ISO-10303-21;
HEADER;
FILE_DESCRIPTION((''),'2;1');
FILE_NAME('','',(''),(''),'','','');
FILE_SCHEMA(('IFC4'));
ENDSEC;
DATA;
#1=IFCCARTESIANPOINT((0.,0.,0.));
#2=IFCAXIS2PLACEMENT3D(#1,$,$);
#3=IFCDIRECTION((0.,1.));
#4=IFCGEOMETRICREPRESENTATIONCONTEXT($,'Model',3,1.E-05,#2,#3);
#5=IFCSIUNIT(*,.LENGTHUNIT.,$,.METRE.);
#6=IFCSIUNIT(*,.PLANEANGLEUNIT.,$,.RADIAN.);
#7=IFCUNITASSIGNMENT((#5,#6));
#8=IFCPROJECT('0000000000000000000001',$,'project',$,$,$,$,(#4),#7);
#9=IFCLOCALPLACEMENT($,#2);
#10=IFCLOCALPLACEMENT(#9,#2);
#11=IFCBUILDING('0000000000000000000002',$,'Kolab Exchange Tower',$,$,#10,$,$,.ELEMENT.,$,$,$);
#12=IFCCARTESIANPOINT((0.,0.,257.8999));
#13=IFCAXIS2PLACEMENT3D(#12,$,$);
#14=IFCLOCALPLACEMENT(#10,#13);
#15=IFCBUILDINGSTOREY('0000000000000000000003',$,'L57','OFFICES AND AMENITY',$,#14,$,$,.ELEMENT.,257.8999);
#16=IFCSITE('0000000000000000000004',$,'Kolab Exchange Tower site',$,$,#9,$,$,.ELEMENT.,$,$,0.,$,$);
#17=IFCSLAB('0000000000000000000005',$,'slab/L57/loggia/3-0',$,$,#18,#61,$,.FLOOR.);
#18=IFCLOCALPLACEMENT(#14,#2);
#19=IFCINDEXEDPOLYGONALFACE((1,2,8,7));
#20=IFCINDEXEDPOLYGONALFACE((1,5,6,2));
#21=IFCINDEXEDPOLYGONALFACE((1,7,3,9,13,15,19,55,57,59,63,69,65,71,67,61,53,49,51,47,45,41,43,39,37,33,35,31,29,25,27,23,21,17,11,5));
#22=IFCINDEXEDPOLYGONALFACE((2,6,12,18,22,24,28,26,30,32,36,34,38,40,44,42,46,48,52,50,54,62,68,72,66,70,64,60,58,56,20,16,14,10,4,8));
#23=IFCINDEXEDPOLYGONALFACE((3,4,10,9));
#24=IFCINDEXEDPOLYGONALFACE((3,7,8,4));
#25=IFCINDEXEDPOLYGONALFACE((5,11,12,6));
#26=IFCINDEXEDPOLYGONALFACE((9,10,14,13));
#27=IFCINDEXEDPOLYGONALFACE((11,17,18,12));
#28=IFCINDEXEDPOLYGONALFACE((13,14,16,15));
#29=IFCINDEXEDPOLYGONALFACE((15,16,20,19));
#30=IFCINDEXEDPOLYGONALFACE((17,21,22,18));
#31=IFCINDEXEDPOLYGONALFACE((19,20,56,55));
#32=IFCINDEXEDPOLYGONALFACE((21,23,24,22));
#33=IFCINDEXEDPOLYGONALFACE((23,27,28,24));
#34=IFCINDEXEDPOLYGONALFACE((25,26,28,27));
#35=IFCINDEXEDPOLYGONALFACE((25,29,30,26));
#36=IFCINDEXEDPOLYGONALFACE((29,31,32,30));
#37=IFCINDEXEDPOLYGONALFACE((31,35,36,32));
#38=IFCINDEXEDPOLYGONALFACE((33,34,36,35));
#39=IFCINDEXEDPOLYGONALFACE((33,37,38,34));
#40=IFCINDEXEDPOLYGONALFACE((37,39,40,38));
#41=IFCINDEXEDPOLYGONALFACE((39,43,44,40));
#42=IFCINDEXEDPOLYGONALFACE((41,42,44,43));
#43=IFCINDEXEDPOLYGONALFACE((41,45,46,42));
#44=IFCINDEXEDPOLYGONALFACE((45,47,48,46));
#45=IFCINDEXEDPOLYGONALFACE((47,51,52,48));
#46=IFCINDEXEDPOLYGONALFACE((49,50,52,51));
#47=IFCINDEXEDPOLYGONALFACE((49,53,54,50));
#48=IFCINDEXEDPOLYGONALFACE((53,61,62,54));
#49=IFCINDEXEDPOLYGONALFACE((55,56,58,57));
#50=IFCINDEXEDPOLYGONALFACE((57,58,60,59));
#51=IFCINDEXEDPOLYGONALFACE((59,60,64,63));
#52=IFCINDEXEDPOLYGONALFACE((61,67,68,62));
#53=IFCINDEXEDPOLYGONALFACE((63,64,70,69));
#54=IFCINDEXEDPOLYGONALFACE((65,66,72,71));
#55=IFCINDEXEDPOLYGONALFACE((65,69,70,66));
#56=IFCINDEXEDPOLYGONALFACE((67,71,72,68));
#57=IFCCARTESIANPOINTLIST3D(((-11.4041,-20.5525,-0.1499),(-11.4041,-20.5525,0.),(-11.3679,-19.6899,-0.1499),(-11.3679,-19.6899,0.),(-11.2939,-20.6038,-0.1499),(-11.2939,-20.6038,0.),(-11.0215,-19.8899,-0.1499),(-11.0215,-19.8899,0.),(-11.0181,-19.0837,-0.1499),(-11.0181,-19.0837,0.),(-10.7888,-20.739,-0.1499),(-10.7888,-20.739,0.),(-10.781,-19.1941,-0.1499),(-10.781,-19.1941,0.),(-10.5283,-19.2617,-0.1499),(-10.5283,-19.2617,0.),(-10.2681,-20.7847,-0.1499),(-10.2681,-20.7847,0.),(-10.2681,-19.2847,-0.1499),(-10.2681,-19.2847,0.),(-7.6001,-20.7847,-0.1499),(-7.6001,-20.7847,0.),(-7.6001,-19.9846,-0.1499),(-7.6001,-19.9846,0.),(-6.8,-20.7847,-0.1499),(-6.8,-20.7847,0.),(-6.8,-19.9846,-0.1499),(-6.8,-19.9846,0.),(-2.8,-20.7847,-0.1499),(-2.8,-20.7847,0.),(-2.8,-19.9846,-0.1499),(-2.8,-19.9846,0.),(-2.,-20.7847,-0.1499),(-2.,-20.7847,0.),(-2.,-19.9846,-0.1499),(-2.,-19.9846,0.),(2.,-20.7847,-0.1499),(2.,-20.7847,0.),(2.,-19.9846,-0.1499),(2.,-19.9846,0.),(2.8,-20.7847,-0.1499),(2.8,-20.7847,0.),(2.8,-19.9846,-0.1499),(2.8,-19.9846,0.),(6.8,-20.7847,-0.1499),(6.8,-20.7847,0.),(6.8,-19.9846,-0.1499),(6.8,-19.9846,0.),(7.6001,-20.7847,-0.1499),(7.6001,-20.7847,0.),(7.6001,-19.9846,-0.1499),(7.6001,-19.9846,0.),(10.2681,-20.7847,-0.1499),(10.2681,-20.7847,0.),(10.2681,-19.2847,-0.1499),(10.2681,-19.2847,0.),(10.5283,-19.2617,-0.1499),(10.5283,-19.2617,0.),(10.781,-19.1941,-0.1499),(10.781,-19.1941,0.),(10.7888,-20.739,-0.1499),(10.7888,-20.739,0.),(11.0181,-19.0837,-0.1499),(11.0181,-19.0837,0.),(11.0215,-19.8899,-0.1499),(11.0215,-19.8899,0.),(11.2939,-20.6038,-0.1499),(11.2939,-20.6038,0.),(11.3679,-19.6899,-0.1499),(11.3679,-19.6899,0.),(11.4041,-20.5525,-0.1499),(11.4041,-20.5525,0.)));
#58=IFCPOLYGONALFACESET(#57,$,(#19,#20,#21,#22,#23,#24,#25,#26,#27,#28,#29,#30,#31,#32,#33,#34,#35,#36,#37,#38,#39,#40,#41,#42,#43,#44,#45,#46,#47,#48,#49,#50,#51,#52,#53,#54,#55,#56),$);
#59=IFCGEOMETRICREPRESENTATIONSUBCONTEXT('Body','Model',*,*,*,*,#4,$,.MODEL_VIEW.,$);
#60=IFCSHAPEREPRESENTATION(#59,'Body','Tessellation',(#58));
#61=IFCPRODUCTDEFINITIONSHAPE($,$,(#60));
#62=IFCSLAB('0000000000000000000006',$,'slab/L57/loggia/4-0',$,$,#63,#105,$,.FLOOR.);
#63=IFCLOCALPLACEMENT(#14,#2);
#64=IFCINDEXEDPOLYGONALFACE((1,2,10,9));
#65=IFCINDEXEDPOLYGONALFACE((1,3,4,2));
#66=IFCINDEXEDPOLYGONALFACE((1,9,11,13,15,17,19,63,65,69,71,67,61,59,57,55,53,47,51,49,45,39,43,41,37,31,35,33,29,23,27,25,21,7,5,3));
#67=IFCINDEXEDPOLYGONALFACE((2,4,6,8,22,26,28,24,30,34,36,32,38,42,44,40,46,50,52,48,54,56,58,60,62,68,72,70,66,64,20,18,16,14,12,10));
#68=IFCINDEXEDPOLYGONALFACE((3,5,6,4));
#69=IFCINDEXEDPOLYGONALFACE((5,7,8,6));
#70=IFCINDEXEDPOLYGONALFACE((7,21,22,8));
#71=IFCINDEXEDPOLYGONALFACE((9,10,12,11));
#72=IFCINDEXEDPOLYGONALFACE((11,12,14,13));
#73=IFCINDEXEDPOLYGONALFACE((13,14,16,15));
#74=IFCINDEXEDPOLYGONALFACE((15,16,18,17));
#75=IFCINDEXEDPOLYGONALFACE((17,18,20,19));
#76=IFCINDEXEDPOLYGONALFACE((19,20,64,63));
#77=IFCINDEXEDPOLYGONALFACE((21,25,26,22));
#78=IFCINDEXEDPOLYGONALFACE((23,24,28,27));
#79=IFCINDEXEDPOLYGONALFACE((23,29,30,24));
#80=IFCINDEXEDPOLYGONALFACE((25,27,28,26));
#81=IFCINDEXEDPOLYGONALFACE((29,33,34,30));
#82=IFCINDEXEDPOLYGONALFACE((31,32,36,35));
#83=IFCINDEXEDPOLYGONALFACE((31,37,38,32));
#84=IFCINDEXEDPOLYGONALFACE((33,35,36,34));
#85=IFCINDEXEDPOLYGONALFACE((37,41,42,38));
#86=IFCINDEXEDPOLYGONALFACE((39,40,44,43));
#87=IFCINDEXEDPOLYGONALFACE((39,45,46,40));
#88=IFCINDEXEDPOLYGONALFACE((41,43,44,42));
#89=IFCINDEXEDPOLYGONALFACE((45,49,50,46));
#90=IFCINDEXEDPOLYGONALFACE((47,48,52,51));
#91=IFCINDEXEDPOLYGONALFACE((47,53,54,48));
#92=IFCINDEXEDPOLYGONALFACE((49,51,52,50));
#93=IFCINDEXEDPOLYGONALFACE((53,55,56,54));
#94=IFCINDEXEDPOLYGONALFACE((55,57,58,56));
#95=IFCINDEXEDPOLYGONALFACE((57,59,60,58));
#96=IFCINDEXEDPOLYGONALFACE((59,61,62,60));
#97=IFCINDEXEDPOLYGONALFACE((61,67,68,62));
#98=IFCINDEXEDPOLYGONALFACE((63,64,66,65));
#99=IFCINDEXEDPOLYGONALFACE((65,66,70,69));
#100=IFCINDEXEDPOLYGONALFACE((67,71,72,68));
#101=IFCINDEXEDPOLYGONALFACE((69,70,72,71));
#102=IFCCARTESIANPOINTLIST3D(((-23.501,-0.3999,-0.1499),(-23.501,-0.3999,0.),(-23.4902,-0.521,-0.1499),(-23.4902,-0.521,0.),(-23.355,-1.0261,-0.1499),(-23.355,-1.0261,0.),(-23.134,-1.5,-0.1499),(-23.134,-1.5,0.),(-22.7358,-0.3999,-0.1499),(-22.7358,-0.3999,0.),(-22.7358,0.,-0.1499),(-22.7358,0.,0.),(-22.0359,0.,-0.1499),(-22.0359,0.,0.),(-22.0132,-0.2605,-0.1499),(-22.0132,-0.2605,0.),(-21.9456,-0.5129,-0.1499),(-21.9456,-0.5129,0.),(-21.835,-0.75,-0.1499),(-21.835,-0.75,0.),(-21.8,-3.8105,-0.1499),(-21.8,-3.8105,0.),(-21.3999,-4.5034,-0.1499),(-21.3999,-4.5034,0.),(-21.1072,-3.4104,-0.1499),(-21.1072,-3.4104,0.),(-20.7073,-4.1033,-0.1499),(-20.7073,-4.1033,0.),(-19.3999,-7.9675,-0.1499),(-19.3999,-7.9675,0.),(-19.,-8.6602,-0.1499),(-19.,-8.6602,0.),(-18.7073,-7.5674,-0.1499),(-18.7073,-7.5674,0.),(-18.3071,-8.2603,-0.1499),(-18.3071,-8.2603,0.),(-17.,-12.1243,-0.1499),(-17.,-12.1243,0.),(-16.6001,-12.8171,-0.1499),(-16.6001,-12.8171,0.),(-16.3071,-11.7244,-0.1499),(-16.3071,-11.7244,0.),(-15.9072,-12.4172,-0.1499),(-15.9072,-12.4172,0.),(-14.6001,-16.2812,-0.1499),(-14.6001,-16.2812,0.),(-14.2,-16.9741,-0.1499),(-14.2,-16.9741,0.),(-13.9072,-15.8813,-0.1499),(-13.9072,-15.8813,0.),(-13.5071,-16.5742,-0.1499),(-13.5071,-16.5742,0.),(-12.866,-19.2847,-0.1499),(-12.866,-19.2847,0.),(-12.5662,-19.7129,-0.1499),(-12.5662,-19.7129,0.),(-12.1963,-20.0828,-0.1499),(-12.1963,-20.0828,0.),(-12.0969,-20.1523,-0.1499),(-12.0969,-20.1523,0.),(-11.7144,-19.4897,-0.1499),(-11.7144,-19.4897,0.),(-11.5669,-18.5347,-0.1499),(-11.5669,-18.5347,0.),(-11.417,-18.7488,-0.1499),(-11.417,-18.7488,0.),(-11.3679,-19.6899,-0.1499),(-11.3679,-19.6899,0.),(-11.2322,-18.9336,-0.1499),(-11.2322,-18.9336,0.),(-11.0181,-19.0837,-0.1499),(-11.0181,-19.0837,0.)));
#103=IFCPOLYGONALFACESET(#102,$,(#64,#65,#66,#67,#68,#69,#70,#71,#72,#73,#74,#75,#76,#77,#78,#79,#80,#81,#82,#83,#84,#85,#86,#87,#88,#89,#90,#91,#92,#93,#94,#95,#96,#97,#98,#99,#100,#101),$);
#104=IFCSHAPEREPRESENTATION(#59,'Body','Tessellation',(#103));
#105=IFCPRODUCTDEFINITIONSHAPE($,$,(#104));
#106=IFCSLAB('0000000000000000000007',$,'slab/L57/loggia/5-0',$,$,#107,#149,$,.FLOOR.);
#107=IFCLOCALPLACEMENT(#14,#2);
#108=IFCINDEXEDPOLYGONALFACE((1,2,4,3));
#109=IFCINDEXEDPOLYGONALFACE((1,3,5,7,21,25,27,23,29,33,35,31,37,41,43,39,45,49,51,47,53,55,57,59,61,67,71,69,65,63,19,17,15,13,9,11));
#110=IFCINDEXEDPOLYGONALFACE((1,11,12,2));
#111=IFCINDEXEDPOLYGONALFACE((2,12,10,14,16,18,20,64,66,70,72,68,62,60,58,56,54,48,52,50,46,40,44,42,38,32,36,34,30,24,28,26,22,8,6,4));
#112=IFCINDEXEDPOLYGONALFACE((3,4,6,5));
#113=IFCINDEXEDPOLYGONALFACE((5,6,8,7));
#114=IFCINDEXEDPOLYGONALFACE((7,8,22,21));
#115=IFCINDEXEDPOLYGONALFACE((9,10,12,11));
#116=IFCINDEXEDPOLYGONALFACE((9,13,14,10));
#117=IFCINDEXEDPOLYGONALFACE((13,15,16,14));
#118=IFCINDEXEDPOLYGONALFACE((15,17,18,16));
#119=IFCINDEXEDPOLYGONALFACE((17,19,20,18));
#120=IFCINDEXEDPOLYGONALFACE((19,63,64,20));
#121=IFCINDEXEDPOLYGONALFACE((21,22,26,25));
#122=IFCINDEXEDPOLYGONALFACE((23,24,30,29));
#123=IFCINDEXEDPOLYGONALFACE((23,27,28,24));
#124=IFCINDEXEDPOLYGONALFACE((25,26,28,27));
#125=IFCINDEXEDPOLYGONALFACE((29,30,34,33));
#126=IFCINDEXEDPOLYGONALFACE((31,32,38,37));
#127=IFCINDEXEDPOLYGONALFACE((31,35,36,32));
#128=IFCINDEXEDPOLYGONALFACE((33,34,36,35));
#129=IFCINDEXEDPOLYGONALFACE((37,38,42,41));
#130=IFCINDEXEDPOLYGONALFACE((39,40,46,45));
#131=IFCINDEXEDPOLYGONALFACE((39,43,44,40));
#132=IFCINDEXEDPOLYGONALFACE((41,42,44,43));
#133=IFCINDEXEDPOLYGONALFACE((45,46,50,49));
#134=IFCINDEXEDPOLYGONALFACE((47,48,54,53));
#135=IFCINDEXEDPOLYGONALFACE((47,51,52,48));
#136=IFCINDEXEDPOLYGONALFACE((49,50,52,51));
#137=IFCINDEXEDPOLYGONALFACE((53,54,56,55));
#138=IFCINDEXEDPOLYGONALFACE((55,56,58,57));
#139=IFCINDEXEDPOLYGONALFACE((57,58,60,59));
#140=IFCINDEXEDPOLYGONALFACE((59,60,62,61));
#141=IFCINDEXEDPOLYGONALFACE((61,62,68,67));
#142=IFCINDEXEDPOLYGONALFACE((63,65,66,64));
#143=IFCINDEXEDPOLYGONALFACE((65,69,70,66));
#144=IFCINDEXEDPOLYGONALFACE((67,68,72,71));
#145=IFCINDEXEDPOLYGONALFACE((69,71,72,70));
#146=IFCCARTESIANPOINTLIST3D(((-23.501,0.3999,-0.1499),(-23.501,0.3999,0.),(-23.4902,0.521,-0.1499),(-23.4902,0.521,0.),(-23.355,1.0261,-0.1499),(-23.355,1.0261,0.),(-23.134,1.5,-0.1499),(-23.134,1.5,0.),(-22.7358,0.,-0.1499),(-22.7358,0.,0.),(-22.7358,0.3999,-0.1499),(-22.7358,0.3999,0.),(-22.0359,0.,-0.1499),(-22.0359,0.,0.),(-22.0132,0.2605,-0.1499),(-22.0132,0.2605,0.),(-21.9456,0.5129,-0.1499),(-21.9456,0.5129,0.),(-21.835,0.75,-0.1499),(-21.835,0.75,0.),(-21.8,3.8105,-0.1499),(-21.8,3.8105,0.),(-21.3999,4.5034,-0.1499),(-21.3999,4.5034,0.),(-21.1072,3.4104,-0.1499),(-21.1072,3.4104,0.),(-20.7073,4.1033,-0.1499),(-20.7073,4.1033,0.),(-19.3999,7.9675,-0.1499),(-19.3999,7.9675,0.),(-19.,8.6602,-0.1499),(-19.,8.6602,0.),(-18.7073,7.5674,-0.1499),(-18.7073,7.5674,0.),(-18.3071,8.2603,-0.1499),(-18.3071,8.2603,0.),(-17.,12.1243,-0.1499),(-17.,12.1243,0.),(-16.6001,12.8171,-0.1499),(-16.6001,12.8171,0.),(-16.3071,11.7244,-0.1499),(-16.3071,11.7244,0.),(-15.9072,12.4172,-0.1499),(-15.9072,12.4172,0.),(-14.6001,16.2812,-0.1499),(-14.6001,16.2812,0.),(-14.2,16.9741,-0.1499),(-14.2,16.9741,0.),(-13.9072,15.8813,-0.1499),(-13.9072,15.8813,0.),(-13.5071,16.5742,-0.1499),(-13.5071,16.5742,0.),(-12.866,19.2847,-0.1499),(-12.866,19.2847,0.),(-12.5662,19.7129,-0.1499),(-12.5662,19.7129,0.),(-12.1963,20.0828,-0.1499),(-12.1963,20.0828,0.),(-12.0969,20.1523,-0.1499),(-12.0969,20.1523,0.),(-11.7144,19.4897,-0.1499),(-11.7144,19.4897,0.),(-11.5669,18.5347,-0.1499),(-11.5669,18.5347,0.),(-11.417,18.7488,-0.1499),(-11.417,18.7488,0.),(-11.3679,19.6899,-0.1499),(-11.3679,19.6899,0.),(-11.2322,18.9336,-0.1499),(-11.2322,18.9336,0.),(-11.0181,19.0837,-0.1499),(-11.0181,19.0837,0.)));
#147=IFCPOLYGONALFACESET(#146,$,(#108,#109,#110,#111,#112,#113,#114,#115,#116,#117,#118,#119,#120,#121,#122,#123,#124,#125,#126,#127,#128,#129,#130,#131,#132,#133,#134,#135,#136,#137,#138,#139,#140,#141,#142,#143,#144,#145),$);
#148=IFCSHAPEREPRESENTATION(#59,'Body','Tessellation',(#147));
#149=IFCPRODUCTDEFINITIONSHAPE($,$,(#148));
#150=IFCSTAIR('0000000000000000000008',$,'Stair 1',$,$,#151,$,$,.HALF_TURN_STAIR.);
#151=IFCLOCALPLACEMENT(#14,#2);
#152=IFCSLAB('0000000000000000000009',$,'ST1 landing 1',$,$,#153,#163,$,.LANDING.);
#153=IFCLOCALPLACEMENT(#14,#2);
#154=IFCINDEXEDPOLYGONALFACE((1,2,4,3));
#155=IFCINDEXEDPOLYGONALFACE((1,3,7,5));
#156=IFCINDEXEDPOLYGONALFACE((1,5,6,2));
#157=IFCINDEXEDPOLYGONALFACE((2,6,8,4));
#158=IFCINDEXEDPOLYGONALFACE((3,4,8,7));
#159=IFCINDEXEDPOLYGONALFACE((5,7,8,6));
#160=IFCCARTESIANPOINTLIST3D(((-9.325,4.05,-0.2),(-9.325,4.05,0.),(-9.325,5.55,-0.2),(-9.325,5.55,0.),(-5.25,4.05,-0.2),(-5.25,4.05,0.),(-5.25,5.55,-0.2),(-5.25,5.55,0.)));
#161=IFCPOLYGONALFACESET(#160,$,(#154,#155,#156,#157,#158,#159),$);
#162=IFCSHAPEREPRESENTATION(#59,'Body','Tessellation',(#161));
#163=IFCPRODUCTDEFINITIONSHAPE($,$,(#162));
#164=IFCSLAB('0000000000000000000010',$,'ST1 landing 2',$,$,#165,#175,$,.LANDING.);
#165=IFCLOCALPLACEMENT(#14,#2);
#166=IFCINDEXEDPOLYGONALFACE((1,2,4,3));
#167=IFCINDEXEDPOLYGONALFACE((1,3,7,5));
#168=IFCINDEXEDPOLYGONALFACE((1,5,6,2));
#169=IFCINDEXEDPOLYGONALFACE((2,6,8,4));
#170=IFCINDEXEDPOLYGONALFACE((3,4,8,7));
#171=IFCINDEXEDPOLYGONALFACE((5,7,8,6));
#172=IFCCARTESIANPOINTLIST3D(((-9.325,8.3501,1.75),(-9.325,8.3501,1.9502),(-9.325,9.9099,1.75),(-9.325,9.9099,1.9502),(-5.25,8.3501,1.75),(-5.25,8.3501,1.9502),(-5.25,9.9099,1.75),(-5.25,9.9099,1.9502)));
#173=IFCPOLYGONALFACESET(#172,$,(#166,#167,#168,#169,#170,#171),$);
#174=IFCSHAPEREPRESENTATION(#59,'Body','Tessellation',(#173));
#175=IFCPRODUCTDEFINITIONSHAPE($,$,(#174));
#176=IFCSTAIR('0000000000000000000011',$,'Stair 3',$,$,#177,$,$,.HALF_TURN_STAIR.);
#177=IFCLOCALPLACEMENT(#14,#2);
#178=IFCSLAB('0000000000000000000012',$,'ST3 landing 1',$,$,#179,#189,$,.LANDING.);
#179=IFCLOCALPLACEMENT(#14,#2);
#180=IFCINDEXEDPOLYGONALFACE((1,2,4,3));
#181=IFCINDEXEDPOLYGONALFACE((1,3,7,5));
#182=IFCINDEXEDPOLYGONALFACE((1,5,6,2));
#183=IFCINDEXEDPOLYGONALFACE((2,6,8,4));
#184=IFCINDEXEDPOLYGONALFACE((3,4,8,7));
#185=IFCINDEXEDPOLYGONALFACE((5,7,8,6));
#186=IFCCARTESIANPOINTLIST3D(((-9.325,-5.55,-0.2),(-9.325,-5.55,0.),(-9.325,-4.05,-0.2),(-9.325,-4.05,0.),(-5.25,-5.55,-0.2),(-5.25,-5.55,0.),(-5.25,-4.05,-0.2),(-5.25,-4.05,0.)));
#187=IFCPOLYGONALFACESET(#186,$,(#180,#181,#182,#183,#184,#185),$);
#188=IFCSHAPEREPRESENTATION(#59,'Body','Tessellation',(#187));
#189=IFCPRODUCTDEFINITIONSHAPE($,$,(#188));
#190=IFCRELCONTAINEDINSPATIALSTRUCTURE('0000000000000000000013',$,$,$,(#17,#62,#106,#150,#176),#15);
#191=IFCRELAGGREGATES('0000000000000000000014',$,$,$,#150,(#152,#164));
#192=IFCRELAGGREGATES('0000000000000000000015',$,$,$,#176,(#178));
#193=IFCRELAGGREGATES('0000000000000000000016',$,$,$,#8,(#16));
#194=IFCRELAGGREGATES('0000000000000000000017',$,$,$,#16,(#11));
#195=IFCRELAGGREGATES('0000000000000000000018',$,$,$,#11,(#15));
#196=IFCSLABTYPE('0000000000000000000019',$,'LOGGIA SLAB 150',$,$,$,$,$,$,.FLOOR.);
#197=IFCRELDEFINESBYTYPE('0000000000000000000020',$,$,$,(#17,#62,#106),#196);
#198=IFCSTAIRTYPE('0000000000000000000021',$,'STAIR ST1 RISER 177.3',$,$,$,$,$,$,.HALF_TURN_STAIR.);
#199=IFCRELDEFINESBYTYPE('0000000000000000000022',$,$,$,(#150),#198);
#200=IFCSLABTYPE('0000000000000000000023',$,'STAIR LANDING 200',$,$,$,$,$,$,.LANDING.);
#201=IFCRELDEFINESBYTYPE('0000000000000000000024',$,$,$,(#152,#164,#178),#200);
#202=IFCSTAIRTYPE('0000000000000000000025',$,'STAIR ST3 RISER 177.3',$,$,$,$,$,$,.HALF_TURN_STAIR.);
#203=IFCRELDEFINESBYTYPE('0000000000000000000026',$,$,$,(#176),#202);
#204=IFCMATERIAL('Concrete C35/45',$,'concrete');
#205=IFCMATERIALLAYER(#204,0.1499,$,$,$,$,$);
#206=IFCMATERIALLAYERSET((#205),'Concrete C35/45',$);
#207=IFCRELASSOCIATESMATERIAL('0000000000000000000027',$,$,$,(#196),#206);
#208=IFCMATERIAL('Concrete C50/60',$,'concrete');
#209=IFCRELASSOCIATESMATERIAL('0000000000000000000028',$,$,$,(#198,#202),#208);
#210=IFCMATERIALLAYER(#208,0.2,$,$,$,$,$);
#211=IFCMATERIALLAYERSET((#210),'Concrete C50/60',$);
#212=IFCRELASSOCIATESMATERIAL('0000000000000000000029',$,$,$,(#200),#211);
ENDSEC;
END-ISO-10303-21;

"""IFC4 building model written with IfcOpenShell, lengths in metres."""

from ifc_helpers import new_model, si_unit, direction, frame, origin, place, context, subcontext, project, spatial, polyline, outline, extrude, material, layer, layer_set, type_object, element, aggregate, save


model = new_model("IFC4")

# Units and contexts
model_context = context("Model", 3, precision=1e-05, world=origin(), true_north=direction((0.0, 1.0)))
body_context = subcontext(model_context, "Body", "Model", "MODEL_VIEW")
ifc_project = project(units=[si_unit("LENGTHUNIT", "METRE"), si_unit("PLANEANGLEUNIT", "RADIAN")], contexts=[model_context])

# Site, building, storey
site_placement = place(None, origin())
site = spatial("IfcSite", under=ifc_project, at=site_placement, Name="Kolab Exchange Tower site", CompositionType="ELEMENT", RefElevation=0.0)
building_placement = place(site_placement, origin())
building = spatial("IfcBuilding", under=site, at=building_placement, Name="Kolab Exchange Tower", CompositionType="ELEMENT")
storey_placement = place(building_placement, frame((0.0, 0.0, 257.8999)))
storey = spatial("IfcBuildingStorey", under=building, at=storey_placement, Name="L57", Description="OFFICES AND AMENITY", CompositionType="ELEMENT", Elevation=257.8999)

# Slabs
ifc_material_1 = material(Name="Concrete C35/45", Category="concrete")
ifc_layer_1 = layer(ifc_material_1, 0.1499)
ifc_layer_set_1 = layer_set([ifc_layer_1], Name="Concrete C35/45")
slab_type_1 = type_object("IfcSlabType", Name="LOGGIA SLAB 150", PredefinedType="FLOOR", material=ifc_layer_set_1)
slab_1_placement = place(storey_placement, frame((0.0, 0.0, -0.1499)))
element("IfcSlab", 1, at=slab_1_placement, inside=storey, type_object=slab_type_1, Name="slab/L57/loggia/3-0", PredefinedType="FLOOR", context=body_context, shape_type="SweptSolid", body=[
    extrude(outline(polyline([(-11.0181, -19.0837), (-11.3679, -19.6899), (-11.0215, -19.8899), (-11.4041, -20.5525), (-11.2939, -20.6038), (-10.7888, -20.739), (-10.2681, -20.7847), (-7.6001, -20.7847), (-7.6001, -19.9846), (-6.8, -19.9846), (-6.8, -20.7847), (-2.8, -20.7847), (-2.8, -19.9846), (-2.0, -19.9846), (-2.0, -20.7847), (2.0, -20.7847), (2.0, -19.9846), (2.8, -19.9846), (2.8, -20.7847), (6.8, -20.7847), (6.8, -19.9846), (7.6001, -19.9846), (7.6001, -20.7847), (10.2681, -20.7847), (10.7888, -20.739), (11.2939, -20.6038), (11.4041, -20.5525), (11.0215, -19.8899), (11.3679, -19.6899), (11.0181, -19.0837), (10.781, -19.1941), (10.5283, -19.2617), (10.2681, -19.2847), (-10.2681, -19.2847), (-10.5283, -19.2617), (-10.781, -19.1941), (-11.0181, -19.0837)])), origin(), (0.0, 0.0, 1.0), 0.1499),
])
slab_2_placement = place(storey_placement, frame((0.0, 0.0, -0.1499)))
element("IfcSlab", 2, at=slab_2_placement, inside=storey, type_object=slab_type_1, Name="slab/L57/loggia/4-0", PredefinedType="FLOOR", context=body_context, shape_type="SweptSolid", body=[
    extrude(outline(polyline([(-22.0359, 0.0), (-22.7358, 0.0), (-22.7358, -0.3999), (-23.501, -0.3999), (-23.4902, -0.521), (-23.355, -1.0261), (-23.134, -1.5), (-21.8, -3.8105), (-21.1072, -3.4104), (-20.7073, -4.1033), (-21.3999, -4.5034), (-19.3999, -7.9675), (-18.7073, -7.5674), (-18.3071, -8.2603), (-19.0, -8.6602), (-17.0, -12.1243), (-16.3071, -11.7244), (-15.9072, -12.4172), (-16.6001, -12.8171), (-14.6001, -16.2812), (-13.9072, -15.8813), (-13.5071, -16.5742), (-14.2, -16.9741), (-12.866, -19.2847), (-12.5662, -19.7129), (-12.1963, -20.0828), (-12.0969, -20.1523), (-11.7144, -19.4897), (-11.3679, -19.6899), (-11.0181, -19.0837), (-11.2322, -18.9336), (-11.417, -18.7488), (-11.5669, -18.5347), (-21.835, -0.75), (-21.9456, -0.5129), (-22.0132, -0.2605), (-22.0359, 0.0)])), origin(), (0.0, 0.0, 1.0), 0.1499),
])
slab_3_placement = place(storey_placement, frame((0.0, 0.0, -0.1499)))
element("IfcSlab", 3, at=slab_3_placement, inside=storey, type_object=slab_type_1, Name="slab/L57/loggia/5-0", PredefinedType="FLOOR", context=body_context, shape_type="SweptSolid", body=[
    extrude(outline(polyline([(-11.0181, 19.0837), (-11.3679, 19.6899), (-11.7144, 19.4897), (-12.0969, 20.1523), (-12.1963, 20.0828), (-12.5662, 19.7129), (-12.866, 19.2847), (-14.2, 16.9741), (-13.5071, 16.5742), (-13.9072, 15.8813), (-14.6001, 16.2812), (-16.6001, 12.8171), (-15.9072, 12.4172), (-16.3071, 11.7244), (-17.0, 12.1243), (-19.0, 8.6602), (-18.3071, 8.2603), (-18.7073, 7.5674), (-19.3999, 7.9675), (-21.3999, 4.5034), (-20.7073, 4.1033), (-21.1072, 3.4104), (-21.8, 3.8105), (-23.134, 1.5), (-23.355, 1.0261), (-23.4902, 0.521), (-23.501, 0.3999), (-22.7358, 0.3999), (-22.7358, 0.0), (-22.0359, 0.0), (-22.0132, 0.2605), (-21.9456, 0.5129), (-21.835, 0.75), (-11.5669, 18.5347), (-11.417, 18.7488), (-11.2322, 18.9336), (-11.0181, 19.0837)])), origin(), (0.0, 0.0, 1.0), 0.1499),
])

# Stairs, slabs
ifc_material_2 = material(Name="Concrete C50/60", Category="concrete")
stair_type_1 = type_object("IfcStairType", Name="STAIR ST1 RISER 177.3", PredefinedType="HALF_TURN_STAIR", material=ifc_material_2)
stair_1_placement = place(storey_placement, origin())
stair_1 = element("IfcStair", 4, at=stair_1_placement, inside=storey, type_object=stair_type_1, Name="Stair 1", PredefinedType="HALF_TURN_STAIR")
ifc_layer_2 = layer(ifc_material_2, 0.2)
ifc_layer_set_2 = layer_set([ifc_layer_2], Name="Concrete C50/60")
slab_type_2 = type_object("IfcSlabType", Name="STAIR LANDING 200", PredefinedType="LANDING", material=ifc_layer_set_2)
slab_4_placement = place(storey_placement, frame((0.0, 0.0, -0.2)))
slab_4 = element("IfcSlab", 5, at=slab_4_placement, type_object=slab_type_2, Name="ST1 landing 1", PredefinedType="LANDING", context=body_context, shape_type="SweptSolid", body=[
    extrude(outline(polyline([(-9.325, 4.05), (-5.25, 4.05), (-5.25, 5.55), (-9.325, 5.55), (-9.325, 4.05)])), origin(), (0.0, 0.0, 1.0), 0.2),
])
slab_5_placement = place(storey_placement, frame((0.0, 0.0, 1.75)))
slab_5 = element("IfcSlab", 6, at=slab_5_placement, type_object=slab_type_2, Name="ST1 landing 2", PredefinedType="LANDING", context=body_context, shape_type="SweptSolid", body=[
    extrude(outline(polyline([(-9.325, 8.3501), (-5.25, 8.3501), (-5.25, 9.9099), (-9.325, 9.9099), (-9.325, 8.3501)])), origin(), (0.0, 0.0, 1.0), 0.2002),
])
aggregate(stair_1, [slab_4, slab_5])
stair_type_2 = type_object("IfcStairType", Name="STAIR ST3 RISER 177.3", PredefinedType="HALF_TURN_STAIR", material=ifc_material_2)
stair_2_placement = place(storey_placement, origin())
stair_2 = element("IfcStair", 7, at=stair_2_placement, inside=storey, type_object=stair_type_2, Name="Stair 3", PredefinedType="HALF_TURN_STAIR")
slab_6_placement = place(storey_placement, frame((0.0, 0.0, -0.2)))
slab_6 = element("IfcSlab", 8, at=slab_6_placement, type_object=slab_type_2, Name="ST3 landing 1", PredefinedType="LANDING", context=body_context, shape_type="SweptSolid", body=[
    extrude(outline(polyline([(-9.325, -5.55), (-5.25, -5.55), (-5.25, -4.05), (-9.325, -4.05), (-9.325, -5.55)])), origin(), (0.0, 0.0, 1.0), 0.2),
])
aggregate(stair_2, [slab_6])

save(model, "model.ifc")
